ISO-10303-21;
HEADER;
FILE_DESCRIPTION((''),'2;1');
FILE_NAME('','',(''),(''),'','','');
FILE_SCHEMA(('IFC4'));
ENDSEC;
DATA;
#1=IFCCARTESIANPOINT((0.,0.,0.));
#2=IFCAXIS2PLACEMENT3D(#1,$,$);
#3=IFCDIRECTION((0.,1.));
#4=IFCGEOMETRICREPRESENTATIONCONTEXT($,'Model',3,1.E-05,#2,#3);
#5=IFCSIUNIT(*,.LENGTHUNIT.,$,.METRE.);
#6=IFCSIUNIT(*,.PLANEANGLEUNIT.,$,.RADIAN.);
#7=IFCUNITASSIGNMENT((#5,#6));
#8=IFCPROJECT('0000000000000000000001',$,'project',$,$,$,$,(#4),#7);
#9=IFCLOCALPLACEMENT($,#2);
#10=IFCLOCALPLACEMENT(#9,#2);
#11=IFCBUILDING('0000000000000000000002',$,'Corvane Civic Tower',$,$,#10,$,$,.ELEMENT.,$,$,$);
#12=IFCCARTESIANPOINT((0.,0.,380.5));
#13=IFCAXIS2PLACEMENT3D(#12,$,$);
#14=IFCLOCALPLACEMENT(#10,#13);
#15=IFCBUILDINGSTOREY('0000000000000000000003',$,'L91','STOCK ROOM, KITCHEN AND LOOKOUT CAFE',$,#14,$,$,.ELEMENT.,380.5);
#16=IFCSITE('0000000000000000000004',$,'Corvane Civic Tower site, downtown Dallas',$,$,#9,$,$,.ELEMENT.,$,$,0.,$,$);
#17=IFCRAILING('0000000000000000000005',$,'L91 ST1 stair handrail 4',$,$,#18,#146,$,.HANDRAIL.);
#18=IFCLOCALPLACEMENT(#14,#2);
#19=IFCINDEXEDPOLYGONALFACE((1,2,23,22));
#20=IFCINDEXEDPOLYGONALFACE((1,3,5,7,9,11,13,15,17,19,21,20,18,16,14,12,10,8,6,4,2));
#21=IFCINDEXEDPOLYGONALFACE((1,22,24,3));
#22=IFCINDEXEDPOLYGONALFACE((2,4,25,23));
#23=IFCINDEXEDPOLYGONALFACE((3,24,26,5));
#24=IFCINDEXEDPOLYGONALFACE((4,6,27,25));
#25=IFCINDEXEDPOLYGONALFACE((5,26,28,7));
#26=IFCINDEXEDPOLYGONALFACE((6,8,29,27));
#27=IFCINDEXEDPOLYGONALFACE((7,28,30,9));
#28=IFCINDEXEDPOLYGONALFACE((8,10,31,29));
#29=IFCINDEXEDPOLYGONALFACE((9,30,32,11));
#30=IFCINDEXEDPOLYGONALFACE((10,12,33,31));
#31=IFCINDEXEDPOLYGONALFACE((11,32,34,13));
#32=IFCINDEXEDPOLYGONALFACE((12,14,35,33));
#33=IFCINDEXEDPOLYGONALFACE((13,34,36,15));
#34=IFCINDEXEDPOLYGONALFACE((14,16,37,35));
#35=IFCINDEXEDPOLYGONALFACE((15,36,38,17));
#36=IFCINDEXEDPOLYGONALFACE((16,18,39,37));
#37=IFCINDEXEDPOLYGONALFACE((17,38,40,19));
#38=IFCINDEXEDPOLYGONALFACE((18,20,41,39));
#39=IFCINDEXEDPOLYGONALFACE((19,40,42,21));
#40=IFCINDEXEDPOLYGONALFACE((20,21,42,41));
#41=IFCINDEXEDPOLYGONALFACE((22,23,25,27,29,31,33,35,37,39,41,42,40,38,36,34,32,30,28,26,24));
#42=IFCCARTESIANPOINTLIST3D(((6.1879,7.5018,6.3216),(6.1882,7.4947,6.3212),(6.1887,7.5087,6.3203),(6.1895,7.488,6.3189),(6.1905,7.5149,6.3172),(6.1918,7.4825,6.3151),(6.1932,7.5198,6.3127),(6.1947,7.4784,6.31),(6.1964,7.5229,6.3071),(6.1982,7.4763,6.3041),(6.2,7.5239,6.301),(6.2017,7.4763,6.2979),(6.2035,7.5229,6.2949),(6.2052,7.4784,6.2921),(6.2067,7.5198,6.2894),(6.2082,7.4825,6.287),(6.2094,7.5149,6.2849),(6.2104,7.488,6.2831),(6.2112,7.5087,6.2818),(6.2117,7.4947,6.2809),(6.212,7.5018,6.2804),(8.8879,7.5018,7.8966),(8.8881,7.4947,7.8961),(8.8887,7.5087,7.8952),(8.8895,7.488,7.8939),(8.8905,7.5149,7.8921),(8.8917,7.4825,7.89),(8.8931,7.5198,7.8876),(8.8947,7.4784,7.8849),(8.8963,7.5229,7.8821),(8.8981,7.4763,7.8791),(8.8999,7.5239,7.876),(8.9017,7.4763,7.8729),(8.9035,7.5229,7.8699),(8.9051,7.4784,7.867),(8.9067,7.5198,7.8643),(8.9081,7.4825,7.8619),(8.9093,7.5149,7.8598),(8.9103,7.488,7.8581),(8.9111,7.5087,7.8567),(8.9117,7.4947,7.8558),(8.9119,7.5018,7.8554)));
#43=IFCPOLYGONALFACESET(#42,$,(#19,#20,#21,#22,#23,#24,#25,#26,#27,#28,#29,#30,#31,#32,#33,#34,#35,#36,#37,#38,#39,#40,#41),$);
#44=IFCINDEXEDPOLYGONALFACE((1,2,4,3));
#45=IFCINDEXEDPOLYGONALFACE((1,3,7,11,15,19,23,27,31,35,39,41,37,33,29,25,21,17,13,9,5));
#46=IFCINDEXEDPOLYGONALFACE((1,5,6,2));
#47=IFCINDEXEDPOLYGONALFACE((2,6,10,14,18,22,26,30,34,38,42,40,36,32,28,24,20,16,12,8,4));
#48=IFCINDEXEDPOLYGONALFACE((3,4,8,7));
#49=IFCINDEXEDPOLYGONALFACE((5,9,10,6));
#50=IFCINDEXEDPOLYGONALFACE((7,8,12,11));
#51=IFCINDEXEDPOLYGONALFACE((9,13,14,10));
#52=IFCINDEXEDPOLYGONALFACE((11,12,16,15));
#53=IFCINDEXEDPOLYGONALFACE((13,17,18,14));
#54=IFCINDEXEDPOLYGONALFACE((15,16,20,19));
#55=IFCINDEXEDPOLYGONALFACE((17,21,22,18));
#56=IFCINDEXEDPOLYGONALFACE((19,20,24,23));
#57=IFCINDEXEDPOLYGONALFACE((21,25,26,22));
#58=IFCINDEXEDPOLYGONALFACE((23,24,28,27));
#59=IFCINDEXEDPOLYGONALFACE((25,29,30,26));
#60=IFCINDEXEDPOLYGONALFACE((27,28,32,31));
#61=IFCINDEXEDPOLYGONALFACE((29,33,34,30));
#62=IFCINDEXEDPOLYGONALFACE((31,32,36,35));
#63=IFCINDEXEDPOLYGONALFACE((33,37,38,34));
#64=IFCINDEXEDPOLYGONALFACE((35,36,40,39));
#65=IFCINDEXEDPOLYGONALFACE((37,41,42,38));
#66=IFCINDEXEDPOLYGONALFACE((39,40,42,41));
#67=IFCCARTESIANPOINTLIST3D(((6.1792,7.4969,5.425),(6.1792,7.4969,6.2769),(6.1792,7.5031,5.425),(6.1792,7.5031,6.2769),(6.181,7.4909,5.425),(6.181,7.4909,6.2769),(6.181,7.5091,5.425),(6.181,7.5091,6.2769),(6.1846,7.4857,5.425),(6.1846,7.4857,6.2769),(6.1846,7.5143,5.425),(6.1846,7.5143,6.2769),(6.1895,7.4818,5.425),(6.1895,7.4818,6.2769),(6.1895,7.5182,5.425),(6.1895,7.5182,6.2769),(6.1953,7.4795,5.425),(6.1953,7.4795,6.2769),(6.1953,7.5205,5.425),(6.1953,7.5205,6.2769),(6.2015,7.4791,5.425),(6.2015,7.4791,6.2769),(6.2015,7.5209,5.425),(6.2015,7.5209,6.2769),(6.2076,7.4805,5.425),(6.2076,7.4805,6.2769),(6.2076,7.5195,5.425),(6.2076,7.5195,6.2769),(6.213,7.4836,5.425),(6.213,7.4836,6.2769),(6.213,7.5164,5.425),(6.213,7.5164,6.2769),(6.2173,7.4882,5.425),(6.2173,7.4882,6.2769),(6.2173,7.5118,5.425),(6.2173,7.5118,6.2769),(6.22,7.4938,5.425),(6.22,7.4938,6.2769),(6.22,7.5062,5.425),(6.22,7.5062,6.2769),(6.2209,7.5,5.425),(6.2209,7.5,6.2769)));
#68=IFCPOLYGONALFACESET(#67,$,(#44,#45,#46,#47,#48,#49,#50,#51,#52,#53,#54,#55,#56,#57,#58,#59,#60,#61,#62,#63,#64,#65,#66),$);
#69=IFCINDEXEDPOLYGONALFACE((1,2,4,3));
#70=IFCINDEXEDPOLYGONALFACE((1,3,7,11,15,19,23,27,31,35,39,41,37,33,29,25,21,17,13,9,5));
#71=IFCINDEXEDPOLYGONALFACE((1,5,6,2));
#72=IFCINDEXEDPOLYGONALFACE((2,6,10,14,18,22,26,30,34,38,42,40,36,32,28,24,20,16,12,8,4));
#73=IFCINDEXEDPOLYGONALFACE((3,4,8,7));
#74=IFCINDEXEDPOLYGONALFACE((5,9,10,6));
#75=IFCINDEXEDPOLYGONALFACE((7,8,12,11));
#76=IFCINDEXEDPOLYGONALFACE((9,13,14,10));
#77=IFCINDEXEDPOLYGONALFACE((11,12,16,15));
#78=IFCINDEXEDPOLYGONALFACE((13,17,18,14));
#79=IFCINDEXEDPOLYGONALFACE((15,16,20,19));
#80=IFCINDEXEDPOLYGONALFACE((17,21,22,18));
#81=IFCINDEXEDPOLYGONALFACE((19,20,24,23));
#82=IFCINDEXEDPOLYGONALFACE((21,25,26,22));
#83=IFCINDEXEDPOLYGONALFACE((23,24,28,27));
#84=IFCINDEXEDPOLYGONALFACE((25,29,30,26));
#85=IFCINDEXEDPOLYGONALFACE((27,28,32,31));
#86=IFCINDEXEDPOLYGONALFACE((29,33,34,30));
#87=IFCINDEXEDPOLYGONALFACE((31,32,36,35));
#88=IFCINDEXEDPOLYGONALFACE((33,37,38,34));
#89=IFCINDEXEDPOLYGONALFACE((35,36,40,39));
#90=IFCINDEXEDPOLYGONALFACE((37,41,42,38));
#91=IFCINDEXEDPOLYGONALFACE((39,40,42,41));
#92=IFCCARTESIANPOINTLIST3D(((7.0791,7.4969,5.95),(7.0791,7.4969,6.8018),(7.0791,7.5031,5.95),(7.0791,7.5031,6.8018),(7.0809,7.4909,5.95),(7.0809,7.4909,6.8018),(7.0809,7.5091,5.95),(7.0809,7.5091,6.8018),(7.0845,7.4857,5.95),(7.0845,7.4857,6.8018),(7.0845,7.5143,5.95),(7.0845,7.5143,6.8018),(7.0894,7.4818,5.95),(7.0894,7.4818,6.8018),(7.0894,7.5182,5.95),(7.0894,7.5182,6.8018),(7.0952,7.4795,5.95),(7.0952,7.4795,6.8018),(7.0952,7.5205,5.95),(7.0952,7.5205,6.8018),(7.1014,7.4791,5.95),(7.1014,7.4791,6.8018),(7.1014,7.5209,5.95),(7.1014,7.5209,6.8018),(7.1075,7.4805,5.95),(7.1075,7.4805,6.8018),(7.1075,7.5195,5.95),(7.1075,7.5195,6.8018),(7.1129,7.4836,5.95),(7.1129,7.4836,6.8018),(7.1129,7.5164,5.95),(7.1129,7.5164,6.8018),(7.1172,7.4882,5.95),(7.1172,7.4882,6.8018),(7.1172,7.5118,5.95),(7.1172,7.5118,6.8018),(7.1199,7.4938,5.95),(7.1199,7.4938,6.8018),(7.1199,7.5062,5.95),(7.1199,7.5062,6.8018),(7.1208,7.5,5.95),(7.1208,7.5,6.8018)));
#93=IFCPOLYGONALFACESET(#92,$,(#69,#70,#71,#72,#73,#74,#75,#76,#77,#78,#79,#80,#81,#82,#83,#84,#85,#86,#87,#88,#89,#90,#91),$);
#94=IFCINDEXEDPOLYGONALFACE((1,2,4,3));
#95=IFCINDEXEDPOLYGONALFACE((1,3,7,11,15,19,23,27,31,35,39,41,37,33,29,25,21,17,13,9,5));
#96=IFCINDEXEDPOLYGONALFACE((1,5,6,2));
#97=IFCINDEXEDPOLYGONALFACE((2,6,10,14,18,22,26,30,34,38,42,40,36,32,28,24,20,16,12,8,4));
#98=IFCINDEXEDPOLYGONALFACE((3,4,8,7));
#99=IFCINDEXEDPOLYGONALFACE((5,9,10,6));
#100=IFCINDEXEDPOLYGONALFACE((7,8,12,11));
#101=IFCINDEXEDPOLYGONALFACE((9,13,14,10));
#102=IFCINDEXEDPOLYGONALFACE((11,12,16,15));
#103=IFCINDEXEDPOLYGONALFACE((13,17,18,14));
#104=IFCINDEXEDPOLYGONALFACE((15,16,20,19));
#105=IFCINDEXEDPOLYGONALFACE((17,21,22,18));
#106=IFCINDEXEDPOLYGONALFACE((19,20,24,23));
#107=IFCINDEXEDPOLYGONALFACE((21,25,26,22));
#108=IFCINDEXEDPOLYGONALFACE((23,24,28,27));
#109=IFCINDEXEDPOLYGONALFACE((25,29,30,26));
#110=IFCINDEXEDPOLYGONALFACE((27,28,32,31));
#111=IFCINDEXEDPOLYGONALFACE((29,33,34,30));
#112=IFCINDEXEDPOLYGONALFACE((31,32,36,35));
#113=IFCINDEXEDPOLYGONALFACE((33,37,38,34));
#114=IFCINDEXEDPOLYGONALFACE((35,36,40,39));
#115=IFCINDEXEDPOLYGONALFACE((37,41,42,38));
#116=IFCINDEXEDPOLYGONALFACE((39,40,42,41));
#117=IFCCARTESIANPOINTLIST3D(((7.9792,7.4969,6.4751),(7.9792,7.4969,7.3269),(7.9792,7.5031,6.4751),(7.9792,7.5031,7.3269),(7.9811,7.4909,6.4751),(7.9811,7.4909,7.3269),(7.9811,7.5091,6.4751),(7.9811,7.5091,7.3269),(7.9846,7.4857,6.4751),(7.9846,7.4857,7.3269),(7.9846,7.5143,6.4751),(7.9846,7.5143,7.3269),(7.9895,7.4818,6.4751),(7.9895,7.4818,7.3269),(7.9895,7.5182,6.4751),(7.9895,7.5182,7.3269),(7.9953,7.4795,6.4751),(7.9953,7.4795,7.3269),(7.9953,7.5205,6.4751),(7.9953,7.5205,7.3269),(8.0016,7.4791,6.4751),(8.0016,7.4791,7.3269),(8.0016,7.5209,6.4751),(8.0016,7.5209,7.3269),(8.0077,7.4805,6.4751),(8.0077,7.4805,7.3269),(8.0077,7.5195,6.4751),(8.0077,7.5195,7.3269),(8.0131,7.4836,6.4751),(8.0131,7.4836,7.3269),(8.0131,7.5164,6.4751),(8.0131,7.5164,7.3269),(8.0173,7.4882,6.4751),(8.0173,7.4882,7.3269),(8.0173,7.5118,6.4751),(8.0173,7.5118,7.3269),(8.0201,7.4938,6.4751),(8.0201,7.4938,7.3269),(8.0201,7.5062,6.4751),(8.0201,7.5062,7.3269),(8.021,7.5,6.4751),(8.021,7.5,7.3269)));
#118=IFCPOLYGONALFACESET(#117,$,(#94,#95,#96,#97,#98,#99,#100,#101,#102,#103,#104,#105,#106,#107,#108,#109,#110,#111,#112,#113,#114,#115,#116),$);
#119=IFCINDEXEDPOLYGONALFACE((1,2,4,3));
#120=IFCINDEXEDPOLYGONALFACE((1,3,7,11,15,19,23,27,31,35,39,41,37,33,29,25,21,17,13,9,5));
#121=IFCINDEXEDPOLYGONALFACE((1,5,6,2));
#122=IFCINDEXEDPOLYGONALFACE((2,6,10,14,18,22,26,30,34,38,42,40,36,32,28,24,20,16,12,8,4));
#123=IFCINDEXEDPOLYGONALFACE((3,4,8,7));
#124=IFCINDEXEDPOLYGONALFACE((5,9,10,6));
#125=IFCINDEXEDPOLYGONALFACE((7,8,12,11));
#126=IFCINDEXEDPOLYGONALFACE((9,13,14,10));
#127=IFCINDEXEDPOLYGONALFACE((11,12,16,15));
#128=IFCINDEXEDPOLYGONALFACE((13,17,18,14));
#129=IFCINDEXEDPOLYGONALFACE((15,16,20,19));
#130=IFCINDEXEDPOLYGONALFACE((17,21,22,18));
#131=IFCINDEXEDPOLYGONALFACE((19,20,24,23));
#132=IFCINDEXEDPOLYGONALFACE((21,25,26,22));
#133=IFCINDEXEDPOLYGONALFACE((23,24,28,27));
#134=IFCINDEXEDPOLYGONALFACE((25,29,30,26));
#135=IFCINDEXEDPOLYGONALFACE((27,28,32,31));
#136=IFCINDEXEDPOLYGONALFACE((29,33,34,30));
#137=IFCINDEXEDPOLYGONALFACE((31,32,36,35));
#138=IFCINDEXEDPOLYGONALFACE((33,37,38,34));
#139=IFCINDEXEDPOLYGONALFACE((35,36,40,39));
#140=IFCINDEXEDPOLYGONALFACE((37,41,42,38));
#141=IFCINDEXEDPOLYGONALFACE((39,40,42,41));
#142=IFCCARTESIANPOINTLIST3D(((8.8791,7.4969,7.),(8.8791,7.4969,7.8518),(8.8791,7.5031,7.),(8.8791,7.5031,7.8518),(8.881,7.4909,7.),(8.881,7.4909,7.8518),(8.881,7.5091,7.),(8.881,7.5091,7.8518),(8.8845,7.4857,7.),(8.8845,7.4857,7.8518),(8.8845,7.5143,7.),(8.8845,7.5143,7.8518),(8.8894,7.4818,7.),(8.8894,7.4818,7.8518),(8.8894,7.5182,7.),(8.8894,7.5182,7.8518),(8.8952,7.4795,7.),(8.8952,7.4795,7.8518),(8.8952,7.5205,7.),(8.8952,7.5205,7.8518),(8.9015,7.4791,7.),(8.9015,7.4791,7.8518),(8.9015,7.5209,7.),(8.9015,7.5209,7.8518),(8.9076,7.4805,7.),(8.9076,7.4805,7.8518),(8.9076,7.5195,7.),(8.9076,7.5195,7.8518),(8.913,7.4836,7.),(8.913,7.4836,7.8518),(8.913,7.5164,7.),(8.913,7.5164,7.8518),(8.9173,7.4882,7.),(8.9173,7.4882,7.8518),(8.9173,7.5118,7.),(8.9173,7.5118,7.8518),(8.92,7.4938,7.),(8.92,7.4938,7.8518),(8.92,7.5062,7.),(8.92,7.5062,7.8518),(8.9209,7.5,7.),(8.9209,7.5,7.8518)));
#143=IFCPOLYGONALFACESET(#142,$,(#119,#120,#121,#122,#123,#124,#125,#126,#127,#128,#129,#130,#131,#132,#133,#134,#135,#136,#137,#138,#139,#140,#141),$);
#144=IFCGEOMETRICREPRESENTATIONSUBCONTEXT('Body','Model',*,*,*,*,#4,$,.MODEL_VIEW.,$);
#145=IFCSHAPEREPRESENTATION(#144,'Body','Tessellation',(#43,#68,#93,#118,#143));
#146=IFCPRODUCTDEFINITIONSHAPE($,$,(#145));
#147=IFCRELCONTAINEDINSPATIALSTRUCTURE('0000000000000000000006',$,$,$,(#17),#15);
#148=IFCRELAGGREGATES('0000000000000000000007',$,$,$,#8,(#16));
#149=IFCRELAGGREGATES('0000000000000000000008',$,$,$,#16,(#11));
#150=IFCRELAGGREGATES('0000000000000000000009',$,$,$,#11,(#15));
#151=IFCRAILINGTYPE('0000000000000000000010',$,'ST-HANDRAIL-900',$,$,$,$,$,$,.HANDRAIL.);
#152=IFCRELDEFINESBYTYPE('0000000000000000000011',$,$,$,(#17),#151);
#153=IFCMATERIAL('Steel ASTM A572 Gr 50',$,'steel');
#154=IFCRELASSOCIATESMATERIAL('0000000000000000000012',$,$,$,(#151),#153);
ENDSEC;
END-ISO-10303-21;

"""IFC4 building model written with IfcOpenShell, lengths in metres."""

from ifc_helpers import new_model, si_unit, direction, frame, origin, origin_2d, place, context, subcontext, project, spatial, circle, extrude, material, type_object, element, save


model = new_model("IFC4")

# Units and contexts
model_context = context("Model", 3, precision=1e-05, world=origin(), true_north=direction((0.0, 1.0)))
body_context = subcontext(model_context, "Body", "Model", "MODEL_VIEW")
ifc_project = project(units=[si_unit("LENGTHUNIT", "METRE"), si_unit("PLANEANGLEUNIT", "RADIAN")], contexts=[model_context])

# Site, building, storey
site_placement = place(None, origin())
site = spatial("IfcSite", under=ifc_project, at=site_placement, Name="Corvane Civic Tower site, downtown Dallas", CompositionType="ELEMENT", RefElevation=0.0)
building_placement = place(site_placement, origin())
building = spatial("IfcBuilding", under=site, at=building_placement, Name="Corvane Civic Tower", CompositionType="ELEMENT")
storey_placement = place(building_placement, frame((0.0, 0.0, 380.5)))
storey = spatial("IfcBuildingStorey", under=building, at=storey_placement, Name="L91", Description="STOCK ROOM, KITCHEN AND LOOKOUT CAFE", CompositionType="ELEMENT", Elevation=380.5)

# Railing
ifc_material_1 = material(Name="Steel ASTM A572 Gr 50", Category="steel")
railing_type_1 = type_object("IfcRailingType", Name="ST-HANDRAIL-900", PredefinedType="HANDRAIL", material=ifc_material_1)
railing_1_placement = place(storey_placement, frame((6.2, 7.5, 5.425)))
element("IfcRailing", 1, at=railing_1_placement, inside=storey, type_object=railing_type_1, Name="L91 ST1 stair handrail 4", PredefinedType="HANDRAIL", context=body_context, shape_type="SweptSolid", body=[
    extrude(circle(Radius=0.0239, at=origin_2d()), frame((0.0, 0.0, 0.876), z_axis=(0.863782, 0.0, 0.503866), x_axis=(0.0, 1.0, 0.0)), (0.0, 0.0, 1.0), 3.1257),
    extrude(circle(Radius=0.021, at=origin_2d()), origin(), (0.0, 0.0, 1.0), 0.8518),
    extrude(circle(Radius=0.021, at=origin_2d()), frame((0.8999, 0.0, 0.5249)), (0.0, 0.0, 1.0), 0.8518),
    extrude(circle(Radius=0.021, at=origin_2d()), frame((1.8, 0.0, 1.05)), (0.0, 0.0, 1.0), 0.8518),
    extrude(circle(Radius=0.021, at=origin_2d()), frame((2.7, 0.0, 1.575)), (0.0, 0.0, 1.0), 0.8518),
])

save(model, "model.ifc")
